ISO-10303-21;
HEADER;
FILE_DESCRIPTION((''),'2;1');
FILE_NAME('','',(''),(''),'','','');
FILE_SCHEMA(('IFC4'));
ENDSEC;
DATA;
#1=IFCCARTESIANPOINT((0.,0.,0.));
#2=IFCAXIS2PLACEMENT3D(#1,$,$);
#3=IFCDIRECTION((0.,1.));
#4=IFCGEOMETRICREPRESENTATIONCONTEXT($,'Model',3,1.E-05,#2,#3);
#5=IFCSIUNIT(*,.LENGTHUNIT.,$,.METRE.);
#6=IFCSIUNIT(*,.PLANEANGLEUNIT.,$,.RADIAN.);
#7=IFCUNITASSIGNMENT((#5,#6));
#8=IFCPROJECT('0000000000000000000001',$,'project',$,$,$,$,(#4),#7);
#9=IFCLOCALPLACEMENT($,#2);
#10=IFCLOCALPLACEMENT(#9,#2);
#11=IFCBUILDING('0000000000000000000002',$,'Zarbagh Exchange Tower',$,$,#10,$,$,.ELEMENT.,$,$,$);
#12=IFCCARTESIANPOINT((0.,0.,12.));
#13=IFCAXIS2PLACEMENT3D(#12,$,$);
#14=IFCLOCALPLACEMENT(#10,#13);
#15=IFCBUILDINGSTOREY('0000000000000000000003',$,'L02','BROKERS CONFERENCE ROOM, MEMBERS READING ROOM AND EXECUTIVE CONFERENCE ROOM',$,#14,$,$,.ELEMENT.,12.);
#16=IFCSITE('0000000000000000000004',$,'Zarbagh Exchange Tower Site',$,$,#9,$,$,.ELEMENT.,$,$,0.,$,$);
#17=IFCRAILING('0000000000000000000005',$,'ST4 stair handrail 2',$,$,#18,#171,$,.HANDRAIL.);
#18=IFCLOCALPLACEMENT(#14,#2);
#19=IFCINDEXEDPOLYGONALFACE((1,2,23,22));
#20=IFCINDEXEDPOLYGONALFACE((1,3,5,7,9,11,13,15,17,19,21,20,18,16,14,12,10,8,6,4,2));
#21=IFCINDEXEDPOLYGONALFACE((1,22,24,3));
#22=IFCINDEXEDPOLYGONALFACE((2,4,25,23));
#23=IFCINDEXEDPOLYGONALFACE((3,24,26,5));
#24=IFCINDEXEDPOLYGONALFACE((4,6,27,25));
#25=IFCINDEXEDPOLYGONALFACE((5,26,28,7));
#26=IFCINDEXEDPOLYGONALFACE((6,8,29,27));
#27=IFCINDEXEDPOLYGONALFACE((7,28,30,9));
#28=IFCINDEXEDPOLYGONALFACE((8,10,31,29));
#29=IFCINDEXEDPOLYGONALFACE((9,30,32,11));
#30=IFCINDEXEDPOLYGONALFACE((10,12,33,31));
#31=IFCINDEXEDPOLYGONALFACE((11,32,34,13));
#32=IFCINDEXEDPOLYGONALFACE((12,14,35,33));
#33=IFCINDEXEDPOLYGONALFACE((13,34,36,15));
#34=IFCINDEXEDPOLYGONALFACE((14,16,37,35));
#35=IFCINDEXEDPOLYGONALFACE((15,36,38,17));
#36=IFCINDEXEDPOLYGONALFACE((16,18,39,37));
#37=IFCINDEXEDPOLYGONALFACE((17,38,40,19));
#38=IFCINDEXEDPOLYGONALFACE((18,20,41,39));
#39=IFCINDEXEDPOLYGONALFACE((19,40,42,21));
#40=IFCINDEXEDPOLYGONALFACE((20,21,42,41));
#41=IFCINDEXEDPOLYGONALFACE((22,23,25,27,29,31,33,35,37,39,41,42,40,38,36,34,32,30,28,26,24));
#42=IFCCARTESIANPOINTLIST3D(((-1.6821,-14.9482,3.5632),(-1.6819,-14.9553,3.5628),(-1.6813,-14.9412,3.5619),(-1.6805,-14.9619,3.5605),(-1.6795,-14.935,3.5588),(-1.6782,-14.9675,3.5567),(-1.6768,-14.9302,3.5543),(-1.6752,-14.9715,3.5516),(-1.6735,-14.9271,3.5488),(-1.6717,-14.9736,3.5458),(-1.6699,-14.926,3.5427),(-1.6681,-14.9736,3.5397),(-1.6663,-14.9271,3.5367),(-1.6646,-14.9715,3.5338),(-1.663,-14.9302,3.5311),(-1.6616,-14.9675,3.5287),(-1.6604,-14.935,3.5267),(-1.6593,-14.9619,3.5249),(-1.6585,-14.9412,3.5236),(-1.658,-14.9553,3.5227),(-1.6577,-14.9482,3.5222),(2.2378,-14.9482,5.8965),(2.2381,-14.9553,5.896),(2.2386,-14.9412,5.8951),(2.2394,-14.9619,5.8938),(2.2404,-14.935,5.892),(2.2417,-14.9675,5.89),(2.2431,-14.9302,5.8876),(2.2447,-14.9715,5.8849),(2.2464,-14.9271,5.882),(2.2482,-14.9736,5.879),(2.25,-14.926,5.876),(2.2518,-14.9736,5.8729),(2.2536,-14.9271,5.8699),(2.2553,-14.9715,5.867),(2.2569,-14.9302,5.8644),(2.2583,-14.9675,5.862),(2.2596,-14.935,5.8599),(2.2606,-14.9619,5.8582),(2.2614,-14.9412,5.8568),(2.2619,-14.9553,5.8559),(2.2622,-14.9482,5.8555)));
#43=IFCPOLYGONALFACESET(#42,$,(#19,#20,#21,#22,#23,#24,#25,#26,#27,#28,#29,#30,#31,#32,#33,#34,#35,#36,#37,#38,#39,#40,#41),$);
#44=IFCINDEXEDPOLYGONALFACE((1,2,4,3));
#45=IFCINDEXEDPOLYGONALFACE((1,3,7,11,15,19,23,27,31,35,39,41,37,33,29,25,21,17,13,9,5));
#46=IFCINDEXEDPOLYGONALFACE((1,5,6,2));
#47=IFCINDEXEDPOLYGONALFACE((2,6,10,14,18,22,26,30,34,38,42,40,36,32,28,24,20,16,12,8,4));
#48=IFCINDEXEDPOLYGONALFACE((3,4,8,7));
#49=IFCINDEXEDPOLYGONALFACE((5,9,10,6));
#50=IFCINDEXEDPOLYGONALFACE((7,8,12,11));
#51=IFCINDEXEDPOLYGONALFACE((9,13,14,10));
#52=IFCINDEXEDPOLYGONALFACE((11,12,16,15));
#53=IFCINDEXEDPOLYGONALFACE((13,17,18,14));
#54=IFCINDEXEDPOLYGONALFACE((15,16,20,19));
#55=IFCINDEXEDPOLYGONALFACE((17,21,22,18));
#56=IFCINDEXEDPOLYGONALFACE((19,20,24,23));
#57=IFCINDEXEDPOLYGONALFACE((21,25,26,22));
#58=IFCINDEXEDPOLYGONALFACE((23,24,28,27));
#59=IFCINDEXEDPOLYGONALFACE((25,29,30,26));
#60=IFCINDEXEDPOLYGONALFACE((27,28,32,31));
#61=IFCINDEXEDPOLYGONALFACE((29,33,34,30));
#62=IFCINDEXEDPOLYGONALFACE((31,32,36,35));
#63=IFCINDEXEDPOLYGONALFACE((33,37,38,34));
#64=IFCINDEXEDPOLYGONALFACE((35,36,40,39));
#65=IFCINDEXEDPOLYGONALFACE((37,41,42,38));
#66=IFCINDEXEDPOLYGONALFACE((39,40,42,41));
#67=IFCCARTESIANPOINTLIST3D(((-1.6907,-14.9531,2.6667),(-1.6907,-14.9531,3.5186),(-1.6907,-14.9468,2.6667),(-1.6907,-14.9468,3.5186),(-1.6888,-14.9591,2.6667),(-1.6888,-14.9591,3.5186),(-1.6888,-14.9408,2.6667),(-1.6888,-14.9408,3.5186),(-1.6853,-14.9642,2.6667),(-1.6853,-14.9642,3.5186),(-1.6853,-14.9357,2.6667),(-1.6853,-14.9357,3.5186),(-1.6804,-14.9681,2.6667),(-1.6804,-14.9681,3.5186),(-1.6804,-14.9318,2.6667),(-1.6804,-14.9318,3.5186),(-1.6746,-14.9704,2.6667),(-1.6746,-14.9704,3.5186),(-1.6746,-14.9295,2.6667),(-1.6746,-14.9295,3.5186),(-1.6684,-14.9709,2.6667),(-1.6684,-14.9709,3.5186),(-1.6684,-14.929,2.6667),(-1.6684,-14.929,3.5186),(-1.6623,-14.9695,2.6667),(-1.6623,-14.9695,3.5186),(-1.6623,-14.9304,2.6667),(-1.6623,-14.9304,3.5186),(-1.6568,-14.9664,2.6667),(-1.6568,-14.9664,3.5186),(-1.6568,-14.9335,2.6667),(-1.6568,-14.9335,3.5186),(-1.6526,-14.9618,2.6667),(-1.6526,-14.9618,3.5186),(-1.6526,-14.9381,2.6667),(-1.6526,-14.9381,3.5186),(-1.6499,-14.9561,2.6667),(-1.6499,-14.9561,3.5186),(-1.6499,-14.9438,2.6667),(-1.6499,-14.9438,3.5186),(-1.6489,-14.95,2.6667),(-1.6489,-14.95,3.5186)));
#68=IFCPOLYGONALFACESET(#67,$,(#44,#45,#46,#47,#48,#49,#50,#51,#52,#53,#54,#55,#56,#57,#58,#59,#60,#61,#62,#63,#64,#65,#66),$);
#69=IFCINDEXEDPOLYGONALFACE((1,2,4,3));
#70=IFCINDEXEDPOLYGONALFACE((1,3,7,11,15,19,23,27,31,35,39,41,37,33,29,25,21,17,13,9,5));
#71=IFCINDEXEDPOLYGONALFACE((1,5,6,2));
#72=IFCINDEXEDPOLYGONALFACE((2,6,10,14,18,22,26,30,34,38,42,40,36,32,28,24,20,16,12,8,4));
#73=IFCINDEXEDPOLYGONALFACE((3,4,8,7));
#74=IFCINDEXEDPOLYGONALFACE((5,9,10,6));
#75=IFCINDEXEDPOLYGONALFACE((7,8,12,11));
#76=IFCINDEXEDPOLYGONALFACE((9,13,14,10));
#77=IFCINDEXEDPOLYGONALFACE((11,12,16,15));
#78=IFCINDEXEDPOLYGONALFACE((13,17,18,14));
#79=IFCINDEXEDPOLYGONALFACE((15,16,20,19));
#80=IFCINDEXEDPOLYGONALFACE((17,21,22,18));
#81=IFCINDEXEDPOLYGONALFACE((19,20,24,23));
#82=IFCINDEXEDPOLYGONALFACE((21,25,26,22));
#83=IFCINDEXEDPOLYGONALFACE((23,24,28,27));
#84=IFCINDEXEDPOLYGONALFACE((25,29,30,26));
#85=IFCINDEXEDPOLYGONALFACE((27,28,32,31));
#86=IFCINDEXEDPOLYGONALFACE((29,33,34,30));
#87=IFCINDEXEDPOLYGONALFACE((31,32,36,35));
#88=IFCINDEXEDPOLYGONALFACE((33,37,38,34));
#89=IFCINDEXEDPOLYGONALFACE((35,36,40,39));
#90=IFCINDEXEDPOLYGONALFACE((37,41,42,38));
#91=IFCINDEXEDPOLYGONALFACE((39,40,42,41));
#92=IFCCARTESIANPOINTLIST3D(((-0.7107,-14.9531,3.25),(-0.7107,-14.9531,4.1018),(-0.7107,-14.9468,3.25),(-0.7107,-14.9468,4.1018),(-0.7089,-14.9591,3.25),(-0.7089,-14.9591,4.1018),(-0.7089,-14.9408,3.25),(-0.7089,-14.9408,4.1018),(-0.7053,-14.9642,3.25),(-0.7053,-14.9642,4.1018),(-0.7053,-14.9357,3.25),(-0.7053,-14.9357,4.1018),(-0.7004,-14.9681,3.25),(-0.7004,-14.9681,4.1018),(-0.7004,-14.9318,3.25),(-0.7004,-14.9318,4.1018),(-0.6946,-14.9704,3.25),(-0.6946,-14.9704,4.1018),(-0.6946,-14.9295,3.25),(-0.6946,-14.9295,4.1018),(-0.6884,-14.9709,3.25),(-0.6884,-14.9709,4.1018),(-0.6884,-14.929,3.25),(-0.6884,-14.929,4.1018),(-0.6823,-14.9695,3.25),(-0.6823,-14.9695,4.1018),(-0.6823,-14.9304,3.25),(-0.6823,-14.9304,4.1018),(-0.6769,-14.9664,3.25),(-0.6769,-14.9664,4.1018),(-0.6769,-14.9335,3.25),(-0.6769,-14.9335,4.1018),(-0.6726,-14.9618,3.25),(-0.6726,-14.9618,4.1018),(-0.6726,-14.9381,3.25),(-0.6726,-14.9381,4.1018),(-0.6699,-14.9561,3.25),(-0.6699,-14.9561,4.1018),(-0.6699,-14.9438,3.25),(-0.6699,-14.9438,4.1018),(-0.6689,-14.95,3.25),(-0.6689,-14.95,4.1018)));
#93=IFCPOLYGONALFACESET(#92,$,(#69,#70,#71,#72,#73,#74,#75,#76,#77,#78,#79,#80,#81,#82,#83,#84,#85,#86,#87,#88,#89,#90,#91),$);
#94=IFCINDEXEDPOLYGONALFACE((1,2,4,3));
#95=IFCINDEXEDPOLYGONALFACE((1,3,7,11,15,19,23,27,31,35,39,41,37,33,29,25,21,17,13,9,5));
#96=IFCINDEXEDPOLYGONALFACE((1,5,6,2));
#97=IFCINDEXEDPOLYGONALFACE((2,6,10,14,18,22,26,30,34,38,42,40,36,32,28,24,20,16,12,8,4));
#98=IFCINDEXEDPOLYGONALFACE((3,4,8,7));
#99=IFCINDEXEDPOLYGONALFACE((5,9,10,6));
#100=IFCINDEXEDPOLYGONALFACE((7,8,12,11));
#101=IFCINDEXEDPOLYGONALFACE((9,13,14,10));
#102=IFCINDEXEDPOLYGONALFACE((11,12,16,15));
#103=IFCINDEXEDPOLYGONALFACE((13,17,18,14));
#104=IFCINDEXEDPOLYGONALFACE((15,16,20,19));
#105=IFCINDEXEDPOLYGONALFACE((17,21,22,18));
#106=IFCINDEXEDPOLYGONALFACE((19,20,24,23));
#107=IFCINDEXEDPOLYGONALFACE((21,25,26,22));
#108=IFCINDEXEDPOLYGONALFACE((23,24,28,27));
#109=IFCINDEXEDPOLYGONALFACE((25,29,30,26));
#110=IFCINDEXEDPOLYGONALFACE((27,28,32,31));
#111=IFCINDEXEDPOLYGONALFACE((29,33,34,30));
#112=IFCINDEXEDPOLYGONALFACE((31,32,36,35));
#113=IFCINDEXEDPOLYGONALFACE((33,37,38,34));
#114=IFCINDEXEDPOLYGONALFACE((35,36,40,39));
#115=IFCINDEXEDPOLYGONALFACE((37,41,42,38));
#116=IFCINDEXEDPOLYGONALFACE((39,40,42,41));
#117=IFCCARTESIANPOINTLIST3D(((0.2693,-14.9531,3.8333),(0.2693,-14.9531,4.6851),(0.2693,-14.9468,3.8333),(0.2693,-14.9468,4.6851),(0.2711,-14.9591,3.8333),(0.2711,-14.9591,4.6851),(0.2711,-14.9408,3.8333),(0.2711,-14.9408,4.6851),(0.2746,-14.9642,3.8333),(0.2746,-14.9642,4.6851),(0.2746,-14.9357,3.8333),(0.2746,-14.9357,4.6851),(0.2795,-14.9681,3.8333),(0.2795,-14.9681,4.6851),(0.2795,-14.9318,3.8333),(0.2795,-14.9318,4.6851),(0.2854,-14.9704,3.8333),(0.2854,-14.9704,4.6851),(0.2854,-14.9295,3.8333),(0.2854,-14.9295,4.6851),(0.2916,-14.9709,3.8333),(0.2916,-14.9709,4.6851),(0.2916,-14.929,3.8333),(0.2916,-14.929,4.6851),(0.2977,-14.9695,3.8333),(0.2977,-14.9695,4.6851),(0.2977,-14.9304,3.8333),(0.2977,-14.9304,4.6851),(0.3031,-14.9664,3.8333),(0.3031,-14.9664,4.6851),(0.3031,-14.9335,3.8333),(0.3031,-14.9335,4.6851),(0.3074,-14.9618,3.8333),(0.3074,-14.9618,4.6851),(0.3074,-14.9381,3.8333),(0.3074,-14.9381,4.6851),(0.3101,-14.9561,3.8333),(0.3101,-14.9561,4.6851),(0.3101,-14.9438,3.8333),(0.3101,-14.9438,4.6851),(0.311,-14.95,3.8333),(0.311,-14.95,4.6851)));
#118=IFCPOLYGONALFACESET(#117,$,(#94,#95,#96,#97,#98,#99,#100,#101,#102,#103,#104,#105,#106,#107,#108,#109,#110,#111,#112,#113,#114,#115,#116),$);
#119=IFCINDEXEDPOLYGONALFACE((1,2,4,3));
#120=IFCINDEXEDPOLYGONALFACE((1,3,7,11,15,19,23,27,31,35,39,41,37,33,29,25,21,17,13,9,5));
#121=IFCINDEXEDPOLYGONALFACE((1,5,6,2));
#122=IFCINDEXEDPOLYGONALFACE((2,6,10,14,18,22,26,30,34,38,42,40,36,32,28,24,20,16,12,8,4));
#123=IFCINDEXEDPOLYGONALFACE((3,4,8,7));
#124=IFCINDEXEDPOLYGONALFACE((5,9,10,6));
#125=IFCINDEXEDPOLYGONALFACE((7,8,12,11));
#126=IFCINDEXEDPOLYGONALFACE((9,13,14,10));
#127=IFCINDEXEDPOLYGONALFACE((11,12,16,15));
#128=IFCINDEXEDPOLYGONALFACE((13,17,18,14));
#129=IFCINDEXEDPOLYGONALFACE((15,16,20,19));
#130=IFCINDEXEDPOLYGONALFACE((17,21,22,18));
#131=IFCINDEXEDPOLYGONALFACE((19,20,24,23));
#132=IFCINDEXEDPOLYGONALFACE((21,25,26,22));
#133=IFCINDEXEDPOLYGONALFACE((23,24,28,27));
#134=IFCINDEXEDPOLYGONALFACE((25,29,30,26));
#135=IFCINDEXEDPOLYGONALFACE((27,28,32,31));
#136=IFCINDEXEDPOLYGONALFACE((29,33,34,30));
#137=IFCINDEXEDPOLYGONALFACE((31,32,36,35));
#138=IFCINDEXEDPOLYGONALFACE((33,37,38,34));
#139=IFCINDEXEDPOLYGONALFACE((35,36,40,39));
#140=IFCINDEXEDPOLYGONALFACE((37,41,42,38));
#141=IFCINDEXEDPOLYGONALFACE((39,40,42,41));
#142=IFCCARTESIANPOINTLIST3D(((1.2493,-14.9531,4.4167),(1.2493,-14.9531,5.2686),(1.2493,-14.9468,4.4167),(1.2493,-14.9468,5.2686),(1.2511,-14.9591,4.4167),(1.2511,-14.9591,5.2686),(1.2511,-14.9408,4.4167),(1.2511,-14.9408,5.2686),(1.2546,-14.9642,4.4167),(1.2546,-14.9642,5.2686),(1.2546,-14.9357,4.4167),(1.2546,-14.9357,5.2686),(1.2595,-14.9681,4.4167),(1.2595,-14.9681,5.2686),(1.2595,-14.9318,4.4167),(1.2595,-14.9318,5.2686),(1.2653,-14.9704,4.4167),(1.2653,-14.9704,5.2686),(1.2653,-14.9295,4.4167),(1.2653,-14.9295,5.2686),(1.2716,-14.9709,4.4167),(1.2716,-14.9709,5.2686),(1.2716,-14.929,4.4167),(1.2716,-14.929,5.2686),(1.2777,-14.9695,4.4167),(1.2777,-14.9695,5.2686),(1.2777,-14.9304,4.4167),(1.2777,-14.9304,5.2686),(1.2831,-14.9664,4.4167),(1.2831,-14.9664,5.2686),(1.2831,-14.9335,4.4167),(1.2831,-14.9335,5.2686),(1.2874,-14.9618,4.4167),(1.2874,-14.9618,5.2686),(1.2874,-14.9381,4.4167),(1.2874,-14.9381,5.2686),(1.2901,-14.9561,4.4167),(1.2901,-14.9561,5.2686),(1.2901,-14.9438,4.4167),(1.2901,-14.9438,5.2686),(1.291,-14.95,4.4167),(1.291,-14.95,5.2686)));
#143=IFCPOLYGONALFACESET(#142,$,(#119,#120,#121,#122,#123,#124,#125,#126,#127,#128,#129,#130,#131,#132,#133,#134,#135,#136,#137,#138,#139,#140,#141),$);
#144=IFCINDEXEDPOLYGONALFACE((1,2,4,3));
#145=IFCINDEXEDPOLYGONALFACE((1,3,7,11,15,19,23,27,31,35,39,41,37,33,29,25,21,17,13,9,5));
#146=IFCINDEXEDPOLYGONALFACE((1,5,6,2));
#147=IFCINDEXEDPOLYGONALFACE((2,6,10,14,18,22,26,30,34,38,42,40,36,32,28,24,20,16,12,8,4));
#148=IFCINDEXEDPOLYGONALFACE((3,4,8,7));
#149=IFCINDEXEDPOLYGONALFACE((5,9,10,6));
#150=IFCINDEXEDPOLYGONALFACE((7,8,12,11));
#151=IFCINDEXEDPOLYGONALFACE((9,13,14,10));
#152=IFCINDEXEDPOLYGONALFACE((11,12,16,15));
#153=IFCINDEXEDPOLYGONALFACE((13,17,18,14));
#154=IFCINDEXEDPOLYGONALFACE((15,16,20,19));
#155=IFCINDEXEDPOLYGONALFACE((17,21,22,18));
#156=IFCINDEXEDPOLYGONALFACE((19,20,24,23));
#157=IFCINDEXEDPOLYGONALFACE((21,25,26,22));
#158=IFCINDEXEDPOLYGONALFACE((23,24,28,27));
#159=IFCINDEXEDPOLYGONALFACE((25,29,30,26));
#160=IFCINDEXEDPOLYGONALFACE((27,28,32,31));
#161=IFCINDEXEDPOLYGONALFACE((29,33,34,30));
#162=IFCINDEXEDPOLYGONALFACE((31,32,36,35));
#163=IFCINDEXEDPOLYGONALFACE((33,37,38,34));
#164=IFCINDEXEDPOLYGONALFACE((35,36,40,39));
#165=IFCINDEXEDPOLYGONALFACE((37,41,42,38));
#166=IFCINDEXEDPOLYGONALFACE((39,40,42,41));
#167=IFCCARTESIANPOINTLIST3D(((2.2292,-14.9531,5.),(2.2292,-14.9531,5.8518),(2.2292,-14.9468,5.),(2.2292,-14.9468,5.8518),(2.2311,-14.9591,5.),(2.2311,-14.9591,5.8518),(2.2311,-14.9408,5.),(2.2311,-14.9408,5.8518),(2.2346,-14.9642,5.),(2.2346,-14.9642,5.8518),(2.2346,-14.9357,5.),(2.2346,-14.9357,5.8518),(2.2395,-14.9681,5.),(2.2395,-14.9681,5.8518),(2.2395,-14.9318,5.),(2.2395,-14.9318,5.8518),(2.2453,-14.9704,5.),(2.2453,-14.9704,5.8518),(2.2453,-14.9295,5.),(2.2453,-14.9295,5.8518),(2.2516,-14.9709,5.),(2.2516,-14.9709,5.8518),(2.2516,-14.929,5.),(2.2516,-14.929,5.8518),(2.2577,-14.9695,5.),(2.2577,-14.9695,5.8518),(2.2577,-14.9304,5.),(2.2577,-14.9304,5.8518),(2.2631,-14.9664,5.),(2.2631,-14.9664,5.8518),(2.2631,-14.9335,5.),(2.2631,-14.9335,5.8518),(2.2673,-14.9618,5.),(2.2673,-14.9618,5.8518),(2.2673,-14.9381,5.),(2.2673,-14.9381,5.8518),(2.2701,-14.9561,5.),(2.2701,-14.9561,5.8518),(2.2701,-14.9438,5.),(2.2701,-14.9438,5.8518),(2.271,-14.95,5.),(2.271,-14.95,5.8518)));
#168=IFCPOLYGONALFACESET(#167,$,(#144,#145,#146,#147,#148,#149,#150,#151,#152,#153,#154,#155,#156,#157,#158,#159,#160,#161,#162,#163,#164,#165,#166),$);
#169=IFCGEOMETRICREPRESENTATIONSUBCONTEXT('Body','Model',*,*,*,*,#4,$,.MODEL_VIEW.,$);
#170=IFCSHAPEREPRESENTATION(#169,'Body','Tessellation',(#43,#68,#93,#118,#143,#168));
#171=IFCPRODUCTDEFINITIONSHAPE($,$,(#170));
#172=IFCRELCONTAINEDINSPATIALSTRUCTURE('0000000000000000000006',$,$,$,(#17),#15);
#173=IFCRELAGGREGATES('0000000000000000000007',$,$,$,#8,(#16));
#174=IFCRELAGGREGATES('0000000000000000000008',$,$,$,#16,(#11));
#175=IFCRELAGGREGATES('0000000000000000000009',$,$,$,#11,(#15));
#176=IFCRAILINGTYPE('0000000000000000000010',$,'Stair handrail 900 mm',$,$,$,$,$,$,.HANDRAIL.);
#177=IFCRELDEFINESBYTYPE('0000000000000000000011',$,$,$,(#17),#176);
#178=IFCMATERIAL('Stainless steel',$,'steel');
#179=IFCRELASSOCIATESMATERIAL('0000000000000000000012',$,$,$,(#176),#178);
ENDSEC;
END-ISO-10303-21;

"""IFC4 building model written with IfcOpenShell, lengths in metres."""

from ifc_helpers import new_model, si_unit, direction, frame, origin, origin_2d, place, context, subcontext, project, spatial, circle, extrude, material, type_object, element, save


model = new_model("IFC4")

# Units and contexts
model_context = context("Model", 3, precision=1e-05, world=origin(), true_north=direction((0.0, 1.0)))
body_context = subcontext(model_context, "Body", "Model", "MODEL_VIEW")
ifc_project = project(units=[si_unit("LENGTHUNIT", "METRE"), si_unit("PLANEANGLEUNIT", "RADIAN")], contexts=[model_context])

# Site, building, storey
site_placement = place(None, origin())
site = spatial("IfcSite", under=ifc_project, at=site_placement, Name="Zarbagh Exchange Tower Site", CompositionType="ELEMENT", RefElevation=0.0)
building_placement = place(site_placement, origin())
building = spatial("IfcBuilding", under=site, at=building_placement, Name="Zarbagh Exchange Tower", CompositionType="ELEMENT")
storey_placement = place(building_placement, frame((0.0, 0.0, 12.0)))
storey = spatial("IfcBuildingStorey", under=building, at=storey_placement, Name="L02", Description="BROKERS CONFERENCE ROOM, MEMBERS READING ROOM AND EXECUTIVE CONFERENCE ROOM", CompositionType="ELEMENT", Elevation=12.0)

# Railing
ifc_material_1 = material(Name="Stainless steel", Category="steel")
railing_type_1 = type_object("IfcRailingType", Name="Stair handrail 900 mm", PredefinedType="HANDRAIL", material=ifc_material_1)
for number, where, name in (
    (1, (-1.6699, -14.95, 2.6667), "ST4 stair handrail 2"),
):
    element("IfcRailing", number, at=place(storey_placement, frame(where)), inside=storey, type_object=railing_type_1, Name=name, PredefinedType="HANDRAIL", context=body_context, shape_type="SweptSolid", body=[
        extrude(circle(Radius=0.0239, at=origin_2d()), frame((0.0, 0.0, 0.876), z_axis=(0.859296, 0.0, 0.511478), x_axis=(0.0, 1.0, 0.0)), (0.0, 0.0, 1.0), 4.5618),
        extrude(circle(Radius=0.021, at=origin_2d()), origin(), (0.0, 0.0, 1.0), 0.8518),
        extrude(circle(Radius=0.021, at=origin_2d()), frame((0.98, 0.0, 0.5833)), (0.0, 0.0, 1.0), 0.8518),
        extrude(circle(Radius=0.021, at=origin_2d()), frame((1.96, 0.0, 1.1665)), (0.0, 0.0, 1.0), 0.8518),
        extrude(circle(Radius=0.021, at=origin_2d()), frame((2.9399, 0.0, 1.75)), (0.0, 0.0, 1.0), 0.8518),
        extrude(circle(Radius=0.021, at=origin_2d()), frame((3.9199, 0.0, 2.3333)), (0.0, 0.0, 1.0), 0.8518),
    ])

save(model, "model.ifc")
